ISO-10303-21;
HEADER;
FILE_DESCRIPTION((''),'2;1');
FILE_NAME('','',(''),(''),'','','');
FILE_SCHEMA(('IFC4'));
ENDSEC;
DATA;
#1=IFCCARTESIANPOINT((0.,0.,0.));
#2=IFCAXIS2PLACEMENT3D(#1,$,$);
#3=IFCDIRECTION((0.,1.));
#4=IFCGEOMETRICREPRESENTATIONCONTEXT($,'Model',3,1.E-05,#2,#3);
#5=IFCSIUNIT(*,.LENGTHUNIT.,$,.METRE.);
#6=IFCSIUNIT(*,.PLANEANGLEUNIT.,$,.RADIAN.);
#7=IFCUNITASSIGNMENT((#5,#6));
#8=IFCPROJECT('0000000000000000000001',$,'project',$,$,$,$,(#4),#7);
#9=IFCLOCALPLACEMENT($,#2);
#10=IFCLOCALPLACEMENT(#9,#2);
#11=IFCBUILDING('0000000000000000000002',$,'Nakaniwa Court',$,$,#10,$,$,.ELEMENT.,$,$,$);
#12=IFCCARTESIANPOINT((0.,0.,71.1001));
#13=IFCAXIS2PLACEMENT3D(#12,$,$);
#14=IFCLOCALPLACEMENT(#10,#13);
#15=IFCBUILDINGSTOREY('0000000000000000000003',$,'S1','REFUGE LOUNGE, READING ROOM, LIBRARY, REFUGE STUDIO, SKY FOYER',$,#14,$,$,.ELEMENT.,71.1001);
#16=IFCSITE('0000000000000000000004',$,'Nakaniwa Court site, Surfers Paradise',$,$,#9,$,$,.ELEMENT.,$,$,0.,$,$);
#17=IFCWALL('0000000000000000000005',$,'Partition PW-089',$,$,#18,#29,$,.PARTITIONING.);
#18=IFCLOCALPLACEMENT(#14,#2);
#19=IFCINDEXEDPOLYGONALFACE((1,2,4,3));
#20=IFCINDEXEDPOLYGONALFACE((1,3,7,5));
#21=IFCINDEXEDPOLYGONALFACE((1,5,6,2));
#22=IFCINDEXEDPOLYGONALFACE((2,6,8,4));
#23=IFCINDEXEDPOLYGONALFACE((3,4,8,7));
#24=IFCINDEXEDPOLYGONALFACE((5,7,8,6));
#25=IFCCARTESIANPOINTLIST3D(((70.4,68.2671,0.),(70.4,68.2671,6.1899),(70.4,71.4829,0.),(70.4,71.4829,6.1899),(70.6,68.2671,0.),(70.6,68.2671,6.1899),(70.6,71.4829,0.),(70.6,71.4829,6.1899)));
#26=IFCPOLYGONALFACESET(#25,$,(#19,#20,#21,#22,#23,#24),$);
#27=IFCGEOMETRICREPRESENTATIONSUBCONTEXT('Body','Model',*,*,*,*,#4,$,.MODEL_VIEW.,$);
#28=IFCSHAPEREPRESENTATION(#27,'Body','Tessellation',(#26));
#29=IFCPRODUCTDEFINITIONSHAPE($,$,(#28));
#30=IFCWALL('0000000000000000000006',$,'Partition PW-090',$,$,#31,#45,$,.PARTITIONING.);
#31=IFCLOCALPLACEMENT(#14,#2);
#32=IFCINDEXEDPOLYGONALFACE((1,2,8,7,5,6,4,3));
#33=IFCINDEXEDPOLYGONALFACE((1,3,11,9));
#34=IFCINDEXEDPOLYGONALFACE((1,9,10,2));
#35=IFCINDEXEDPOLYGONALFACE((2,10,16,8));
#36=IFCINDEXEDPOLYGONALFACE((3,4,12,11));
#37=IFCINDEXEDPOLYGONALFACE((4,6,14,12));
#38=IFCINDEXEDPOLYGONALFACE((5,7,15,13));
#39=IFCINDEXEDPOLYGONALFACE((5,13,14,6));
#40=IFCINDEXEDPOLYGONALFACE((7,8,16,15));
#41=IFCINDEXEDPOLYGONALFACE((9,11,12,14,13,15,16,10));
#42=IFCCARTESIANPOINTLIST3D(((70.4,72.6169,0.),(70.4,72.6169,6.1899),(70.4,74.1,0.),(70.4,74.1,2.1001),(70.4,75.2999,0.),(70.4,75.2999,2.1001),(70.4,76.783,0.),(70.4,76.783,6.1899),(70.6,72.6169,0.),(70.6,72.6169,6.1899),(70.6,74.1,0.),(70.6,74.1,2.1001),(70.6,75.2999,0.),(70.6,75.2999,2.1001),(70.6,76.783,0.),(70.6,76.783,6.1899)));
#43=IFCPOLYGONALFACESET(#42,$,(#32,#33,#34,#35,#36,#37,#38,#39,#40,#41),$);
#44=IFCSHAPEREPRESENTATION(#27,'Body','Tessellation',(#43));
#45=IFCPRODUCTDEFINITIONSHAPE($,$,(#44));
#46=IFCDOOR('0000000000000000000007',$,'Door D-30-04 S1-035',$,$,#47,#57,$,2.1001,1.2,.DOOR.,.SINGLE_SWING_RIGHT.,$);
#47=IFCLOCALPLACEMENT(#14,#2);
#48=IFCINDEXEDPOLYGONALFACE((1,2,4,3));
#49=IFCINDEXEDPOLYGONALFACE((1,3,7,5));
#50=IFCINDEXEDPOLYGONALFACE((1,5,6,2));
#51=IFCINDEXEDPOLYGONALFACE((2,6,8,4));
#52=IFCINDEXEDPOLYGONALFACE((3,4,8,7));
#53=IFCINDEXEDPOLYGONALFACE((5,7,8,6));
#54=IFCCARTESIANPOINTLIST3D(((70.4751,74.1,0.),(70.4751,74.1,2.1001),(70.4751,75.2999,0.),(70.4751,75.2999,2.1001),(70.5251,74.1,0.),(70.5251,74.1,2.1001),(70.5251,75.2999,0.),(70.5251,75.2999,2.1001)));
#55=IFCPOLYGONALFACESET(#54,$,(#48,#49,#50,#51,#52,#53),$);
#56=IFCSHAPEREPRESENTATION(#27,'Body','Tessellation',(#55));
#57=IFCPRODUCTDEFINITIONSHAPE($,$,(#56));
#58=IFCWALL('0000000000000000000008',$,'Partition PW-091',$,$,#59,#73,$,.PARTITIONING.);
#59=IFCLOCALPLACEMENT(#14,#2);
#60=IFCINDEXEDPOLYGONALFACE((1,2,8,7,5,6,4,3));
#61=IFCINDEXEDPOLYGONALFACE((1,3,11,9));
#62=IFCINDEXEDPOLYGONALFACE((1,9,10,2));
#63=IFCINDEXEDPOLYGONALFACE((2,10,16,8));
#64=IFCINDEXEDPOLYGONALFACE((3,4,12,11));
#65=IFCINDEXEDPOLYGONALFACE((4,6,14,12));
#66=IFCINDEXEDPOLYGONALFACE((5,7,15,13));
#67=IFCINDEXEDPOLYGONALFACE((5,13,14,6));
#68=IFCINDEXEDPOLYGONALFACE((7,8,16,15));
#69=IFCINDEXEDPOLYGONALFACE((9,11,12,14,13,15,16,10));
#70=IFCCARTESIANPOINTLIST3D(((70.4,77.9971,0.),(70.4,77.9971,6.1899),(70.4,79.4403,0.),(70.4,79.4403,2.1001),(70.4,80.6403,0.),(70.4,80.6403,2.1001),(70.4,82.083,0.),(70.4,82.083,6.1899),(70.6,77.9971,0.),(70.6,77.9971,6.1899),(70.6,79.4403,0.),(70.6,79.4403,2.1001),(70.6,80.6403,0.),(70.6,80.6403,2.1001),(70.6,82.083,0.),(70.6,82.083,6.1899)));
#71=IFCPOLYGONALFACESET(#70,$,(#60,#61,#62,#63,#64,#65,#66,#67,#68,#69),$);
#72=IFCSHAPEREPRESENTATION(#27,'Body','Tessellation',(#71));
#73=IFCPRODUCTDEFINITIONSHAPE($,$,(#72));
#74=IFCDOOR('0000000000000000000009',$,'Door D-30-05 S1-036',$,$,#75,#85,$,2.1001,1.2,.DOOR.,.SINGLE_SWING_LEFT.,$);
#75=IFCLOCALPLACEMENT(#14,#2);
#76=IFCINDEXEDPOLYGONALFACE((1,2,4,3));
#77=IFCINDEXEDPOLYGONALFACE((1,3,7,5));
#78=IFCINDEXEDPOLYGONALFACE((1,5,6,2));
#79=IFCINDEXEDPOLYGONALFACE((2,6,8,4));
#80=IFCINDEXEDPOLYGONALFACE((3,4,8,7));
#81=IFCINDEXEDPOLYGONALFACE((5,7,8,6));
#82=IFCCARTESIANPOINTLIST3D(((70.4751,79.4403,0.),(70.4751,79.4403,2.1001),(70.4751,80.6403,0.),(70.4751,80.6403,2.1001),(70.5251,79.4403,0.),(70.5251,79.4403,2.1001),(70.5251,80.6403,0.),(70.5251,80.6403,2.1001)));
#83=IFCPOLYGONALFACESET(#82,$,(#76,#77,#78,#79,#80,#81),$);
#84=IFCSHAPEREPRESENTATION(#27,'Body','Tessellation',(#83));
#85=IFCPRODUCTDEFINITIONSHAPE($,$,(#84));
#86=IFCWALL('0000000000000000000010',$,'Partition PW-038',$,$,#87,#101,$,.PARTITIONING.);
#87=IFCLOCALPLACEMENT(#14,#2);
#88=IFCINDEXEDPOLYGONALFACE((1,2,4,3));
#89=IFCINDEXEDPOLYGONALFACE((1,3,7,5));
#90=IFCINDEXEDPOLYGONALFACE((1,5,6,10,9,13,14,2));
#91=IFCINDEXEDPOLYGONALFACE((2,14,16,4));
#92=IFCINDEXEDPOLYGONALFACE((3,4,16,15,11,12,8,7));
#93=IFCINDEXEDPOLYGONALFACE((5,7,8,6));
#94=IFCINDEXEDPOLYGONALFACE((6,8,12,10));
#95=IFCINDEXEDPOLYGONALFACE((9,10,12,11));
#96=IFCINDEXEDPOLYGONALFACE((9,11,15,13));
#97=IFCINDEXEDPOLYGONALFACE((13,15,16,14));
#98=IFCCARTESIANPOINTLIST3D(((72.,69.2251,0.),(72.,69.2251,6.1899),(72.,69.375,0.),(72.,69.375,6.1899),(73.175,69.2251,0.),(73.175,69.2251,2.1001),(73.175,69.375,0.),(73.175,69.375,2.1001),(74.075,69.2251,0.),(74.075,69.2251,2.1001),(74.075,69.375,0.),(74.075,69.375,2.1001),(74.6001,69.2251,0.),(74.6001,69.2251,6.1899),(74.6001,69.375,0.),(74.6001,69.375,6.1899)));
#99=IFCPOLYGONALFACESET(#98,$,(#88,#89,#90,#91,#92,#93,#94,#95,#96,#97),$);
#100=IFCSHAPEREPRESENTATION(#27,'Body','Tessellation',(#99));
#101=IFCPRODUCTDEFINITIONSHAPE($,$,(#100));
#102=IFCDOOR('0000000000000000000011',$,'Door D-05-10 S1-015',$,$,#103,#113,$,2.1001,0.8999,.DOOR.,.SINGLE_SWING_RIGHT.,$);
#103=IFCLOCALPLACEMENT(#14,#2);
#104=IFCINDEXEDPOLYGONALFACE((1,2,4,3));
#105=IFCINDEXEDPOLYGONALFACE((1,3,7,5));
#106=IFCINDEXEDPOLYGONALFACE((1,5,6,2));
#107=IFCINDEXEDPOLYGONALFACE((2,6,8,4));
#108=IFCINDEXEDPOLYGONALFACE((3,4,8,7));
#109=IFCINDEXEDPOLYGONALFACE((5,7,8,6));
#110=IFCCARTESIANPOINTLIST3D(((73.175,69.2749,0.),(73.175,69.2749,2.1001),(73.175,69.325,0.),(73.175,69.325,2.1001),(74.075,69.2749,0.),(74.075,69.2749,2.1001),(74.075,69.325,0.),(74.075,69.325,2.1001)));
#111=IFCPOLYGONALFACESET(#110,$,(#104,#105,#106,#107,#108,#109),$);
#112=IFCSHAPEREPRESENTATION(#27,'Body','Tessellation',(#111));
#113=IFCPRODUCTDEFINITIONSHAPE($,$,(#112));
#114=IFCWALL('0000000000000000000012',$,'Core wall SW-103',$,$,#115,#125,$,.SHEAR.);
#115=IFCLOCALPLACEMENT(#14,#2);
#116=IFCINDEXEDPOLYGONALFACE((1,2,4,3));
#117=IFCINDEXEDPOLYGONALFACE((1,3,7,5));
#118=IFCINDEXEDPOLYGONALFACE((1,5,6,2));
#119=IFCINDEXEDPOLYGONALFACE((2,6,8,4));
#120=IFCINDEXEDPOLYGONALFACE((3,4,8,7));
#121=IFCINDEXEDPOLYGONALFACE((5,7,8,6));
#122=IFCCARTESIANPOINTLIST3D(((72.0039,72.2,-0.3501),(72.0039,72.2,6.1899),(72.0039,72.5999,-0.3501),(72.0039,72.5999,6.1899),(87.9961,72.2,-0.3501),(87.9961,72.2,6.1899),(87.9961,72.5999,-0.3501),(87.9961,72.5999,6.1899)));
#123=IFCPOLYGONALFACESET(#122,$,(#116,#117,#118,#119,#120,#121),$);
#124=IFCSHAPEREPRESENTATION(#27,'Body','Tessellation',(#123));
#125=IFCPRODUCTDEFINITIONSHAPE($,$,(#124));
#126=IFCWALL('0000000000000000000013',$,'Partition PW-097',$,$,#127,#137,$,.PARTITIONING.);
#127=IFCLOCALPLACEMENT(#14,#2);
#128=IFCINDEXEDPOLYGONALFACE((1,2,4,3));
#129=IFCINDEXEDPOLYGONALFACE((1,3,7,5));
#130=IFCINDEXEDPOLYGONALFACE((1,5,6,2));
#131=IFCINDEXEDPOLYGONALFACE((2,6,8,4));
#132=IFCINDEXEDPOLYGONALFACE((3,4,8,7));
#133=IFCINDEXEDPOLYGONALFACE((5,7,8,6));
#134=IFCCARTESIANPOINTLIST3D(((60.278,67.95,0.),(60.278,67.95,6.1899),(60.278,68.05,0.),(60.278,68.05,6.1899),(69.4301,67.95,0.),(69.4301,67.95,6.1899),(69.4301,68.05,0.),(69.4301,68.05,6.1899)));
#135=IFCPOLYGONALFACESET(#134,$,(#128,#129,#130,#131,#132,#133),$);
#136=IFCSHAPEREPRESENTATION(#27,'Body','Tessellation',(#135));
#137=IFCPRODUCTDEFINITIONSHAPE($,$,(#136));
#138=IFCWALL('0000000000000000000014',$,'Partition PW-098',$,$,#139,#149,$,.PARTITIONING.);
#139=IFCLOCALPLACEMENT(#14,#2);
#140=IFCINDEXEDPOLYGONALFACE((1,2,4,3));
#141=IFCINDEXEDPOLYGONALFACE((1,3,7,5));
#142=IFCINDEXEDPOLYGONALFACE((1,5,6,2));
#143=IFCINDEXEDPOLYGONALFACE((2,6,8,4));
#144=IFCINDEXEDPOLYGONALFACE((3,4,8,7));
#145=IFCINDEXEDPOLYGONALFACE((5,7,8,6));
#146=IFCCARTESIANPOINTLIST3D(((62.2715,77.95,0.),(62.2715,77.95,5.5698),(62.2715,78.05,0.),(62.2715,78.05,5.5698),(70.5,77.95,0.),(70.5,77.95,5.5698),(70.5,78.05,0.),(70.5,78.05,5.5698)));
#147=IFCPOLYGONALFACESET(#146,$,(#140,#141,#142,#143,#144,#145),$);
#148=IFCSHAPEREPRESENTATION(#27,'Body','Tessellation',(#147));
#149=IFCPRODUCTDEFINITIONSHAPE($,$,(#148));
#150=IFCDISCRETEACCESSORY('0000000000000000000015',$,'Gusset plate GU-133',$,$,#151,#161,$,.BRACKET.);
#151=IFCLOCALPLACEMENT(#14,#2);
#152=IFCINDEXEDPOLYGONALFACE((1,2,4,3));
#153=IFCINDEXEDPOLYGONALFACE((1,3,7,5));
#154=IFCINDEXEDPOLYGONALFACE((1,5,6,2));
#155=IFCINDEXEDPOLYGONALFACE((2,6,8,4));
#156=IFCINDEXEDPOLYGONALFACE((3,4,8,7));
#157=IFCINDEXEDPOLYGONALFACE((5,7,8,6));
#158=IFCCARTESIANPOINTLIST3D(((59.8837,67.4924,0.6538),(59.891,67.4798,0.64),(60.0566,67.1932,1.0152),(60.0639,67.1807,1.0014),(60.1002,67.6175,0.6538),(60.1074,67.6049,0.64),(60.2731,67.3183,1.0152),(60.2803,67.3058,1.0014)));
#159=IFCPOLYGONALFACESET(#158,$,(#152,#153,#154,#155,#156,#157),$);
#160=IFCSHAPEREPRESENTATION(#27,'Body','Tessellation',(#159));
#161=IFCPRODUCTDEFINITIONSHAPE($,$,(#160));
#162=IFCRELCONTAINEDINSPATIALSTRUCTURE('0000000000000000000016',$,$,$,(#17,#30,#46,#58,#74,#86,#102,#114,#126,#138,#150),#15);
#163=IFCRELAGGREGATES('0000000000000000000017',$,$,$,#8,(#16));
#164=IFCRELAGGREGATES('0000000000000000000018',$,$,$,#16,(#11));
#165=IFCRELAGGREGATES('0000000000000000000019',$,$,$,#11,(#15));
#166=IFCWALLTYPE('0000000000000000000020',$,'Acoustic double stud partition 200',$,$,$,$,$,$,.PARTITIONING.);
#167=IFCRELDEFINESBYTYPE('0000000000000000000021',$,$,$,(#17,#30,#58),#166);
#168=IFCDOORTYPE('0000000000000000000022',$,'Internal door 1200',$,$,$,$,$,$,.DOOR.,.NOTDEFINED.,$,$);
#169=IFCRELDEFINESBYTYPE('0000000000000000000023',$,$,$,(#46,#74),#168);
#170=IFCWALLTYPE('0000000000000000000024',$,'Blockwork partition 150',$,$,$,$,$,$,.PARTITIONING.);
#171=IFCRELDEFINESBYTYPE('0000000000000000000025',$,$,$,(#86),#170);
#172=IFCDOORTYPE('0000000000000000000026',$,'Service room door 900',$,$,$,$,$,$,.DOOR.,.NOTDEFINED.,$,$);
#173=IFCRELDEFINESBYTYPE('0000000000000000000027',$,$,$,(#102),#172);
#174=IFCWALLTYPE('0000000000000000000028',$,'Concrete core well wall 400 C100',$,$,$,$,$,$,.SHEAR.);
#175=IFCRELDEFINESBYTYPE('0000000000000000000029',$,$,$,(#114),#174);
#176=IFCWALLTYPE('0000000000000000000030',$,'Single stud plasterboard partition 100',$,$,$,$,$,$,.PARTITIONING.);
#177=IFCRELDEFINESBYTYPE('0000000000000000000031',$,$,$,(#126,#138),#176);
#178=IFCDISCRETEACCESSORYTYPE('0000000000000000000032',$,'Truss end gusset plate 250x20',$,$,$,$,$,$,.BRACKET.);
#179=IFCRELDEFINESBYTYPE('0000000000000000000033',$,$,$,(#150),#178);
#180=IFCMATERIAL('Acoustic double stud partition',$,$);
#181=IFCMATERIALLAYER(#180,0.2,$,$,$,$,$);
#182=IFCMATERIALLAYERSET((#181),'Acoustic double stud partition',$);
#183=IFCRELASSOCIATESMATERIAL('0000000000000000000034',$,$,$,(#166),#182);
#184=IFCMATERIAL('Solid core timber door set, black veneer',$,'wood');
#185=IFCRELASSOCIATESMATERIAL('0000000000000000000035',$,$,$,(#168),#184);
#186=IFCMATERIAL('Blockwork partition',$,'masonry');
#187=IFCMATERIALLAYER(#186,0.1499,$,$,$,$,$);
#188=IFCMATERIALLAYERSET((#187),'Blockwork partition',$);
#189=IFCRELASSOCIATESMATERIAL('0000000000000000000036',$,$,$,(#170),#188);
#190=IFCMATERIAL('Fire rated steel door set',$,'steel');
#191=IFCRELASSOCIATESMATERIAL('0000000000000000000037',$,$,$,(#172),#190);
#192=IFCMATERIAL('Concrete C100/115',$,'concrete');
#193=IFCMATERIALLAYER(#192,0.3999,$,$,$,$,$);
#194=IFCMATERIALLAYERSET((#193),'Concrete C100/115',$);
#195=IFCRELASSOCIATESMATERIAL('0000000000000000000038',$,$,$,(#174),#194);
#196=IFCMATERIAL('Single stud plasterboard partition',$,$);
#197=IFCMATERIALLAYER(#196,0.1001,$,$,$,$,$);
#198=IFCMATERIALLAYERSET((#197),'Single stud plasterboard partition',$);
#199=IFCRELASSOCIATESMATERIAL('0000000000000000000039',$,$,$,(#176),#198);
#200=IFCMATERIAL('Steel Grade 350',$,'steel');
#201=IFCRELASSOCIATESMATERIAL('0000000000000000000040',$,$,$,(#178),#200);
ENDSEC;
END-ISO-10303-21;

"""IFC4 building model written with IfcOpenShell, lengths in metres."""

from ifc_helpers import new_model, si_unit, direction, frame, frame_2d, origin, origin_2d, place, context, subcontext, project, spatial, rectangle, extrude, material, layer, layer_set, material_profile, profile_set, type_object, element, fill, save


model = new_model("IFC4")

# Units and contexts
model_context = context("Model", 3, precision=1e-05, world=origin(), true_north=direction((0.0, 1.0)))
body_context = subcontext(model_context, "Body", "Model", "MODEL_VIEW")
ifc_project = project(units=[si_unit("LENGTHUNIT", "METRE"), si_unit("PLANEANGLEUNIT", "RADIAN")], contexts=[model_context])

# Site, building, storey
site_placement = place(None, origin())
site = spatial("IfcSite", under=ifc_project, at=site_placement, Name="Nakaniwa Court site, Surfers Paradise", CompositionType="ELEMENT", RefElevation=0.0)
building_placement = place(site_placement, origin())
building = spatial("IfcBuilding", under=site, at=building_placement, Name="Nakaniwa Court", CompositionType="ELEMENT")
storey_placement = place(building_placement, frame((0.0, 0.0, 71.1001)))
storey = spatial("IfcBuildingStorey", under=building, at=storey_placement, Name="S1", Description="REFUGE LOUNGE, READING ROOM, LIBRARY, REFUGE STUDIO, SKY FOYER", CompositionType="ELEMENT", Elevation=71.1001)

# Wall
ifc_material_1 = material(Name="Acoustic double stud partition")
ifc_layer_1 = layer(ifc_material_1, 0.2)
ifc_layer_set_1 = layer_set([ifc_layer_1], Name="Acoustic double stud partition")
wall_type_1 = type_object("IfcWallType", Name="Acoustic double stud partition 200", PredefinedType="PARTITIONING", material=ifc_layer_set_1)
wall_1_placement = place(storey_placement, frame((70.5, 68.2671, 0.0), z_axis=(0.0, 0.0, 1.0), x_axis=(0.0, 1.0, 0.0)))
element("IfcWall", 1, at=wall_1_placement, inside=storey, type_object=wall_type_1, Name="Partition PW-089", PredefinedType="PARTITIONING", context=body_context, shape_type="SweptSolid", body=[
    extrude(rectangle(XDim=3.2158, YDim=0.2, at=frame_2d((1.6079, 0.0))), origin(), (0.0, 0.0, 1.0), 6.1899),
])

# Walls, openings, doors
wall_2_placement = place(storey_placement, frame((70.5, 72.6169, 0.0), z_axis=(0.0, 0.0, 1.0), x_axis=(0.0, 1.0, 0.0)))
wall_2 = element("IfcWall", 2, at=wall_2_placement, inside=storey, type_object=wall_type_1, Name="Partition PW-090", PredefinedType="PARTITIONING", context=body_context, shape_type="SweptSolid", body=[
    extrude(rectangle(XDim=4.166, YDim=0.2, at=frame_2d((2.083, 0.0))), origin(), (0.0, 0.0, 1.0), 6.1899),
])
opening_1_placement = place(wall_2_placement, frame((1.4829, 0.0, 0.0)))
opening_1 = element("IfcOpeningElement", 3, at=opening_1_placement, cuts=wall_2, PredefinedType="OPENING", context=body_context, shape_type="SweptSolid", body=[
    extrude(rectangle(XDim=1.2, YDim=2.1001, at=frame_2d((0.6001, 1.05))), frame((0.0, 0.1099, 0.0), z_axis=(0.0, -1.0, 0.0), x_axis=(1.0, 0.0, 0.0)), (0.0, 0.0, 1.0), 0.22),
])
ifc_material_2 = material(Name="Solid core timber door set, black veneer", Category="wood")
door_type_1 = type_object("IfcDoorType", Name="Internal door 1200", OperationType="NOTDEFINED", PredefinedType="DOOR", material=ifc_material_2)
door_1_placement = place(opening_1_placement, origin())
door_1 = element("IfcDoor", 4, at=door_1_placement, inside=storey, type_object=door_type_1, Name="Door D-30-04 S1-035", OperationType="SINGLE_SWING_RIGHT", OverallHeight=2.1001, OverallWidth=1.2, PredefinedType="DOOR", context=body_context, shape_type="SweptSolid", body=[
    extrude(rectangle(XDim=1.2, YDim=2.1001, at=frame_2d((0.6001, 1.05))), frame((0.0, 0.0249, 0.0), z_axis=(0.0, -1.0, 0.0), x_axis=(1.0, 0.0, 0.0)), (0.0, 0.0, 1.0), 0.05),
])
fill(opening_1, door_1)
wall_3_placement = place(storey_placement, frame((70.5, 77.9971, 0.0), z_axis=(0.0, 0.0, 1.0), x_axis=(0.0, 1.0, 0.0)))
wall_3 = element("IfcWall", 5, at=wall_3_placement, inside=storey, type_object=wall_type_1, Name="Partition PW-091", PredefinedType="PARTITIONING", context=body_context, shape_type="SweptSolid", body=[
    extrude(rectangle(XDim=4.0859, YDim=0.2, at=frame_2d((2.043, 0.0))), origin(), (0.0, 0.0, 1.0), 6.1899),
])
opening_2_placement = place(wall_3_placement, frame((1.4431, 0.0, 0.0)))
opening_2 = element("IfcOpeningElement", 6, at=opening_2_placement, cuts=wall_3, PredefinedType="OPENING", context=body_context, shape_type="SweptSolid", body=[
    extrude(rectangle(XDim=1.2, YDim=2.1001, at=frame_2d((0.6001, 1.05))), frame((0.0, 0.1099, 0.0), z_axis=(0.0, -1.0, 0.0), x_axis=(1.0, 0.0, 0.0)), (0.0, 0.0, 1.0), 0.22),
])
door_2_placement = place(opening_2_placement, origin())
door_2 = element("IfcDoor", 7, at=door_2_placement, inside=storey, type_object=door_type_1, Name="Door D-30-05 S1-036", OperationType="SINGLE_SWING_LEFT", OverallHeight=2.1001, OverallWidth=1.2, PredefinedType="DOOR", context=body_context, shape_type="SweptSolid", body=[
    extrude(rectangle(XDim=1.2, YDim=2.1001, at=frame_2d((0.6001, 1.05))), frame((0.0, 0.0249, 0.0), z_axis=(0.0, -1.0, 0.0), x_axis=(1.0, 0.0, 0.0)), (0.0, 0.0, 1.0), 0.05),
])
fill(opening_2, door_2)
ifc_material_3 = material(Name="Blockwork partition", Category="masonry")
ifc_layer_2 = layer(ifc_material_3, 0.1499)
ifc_layer_set_2 = layer_set([ifc_layer_2], Name="Blockwork partition")
wall_type_2 = type_object("IfcWallType", Name="Blockwork partition 150", PredefinedType="PARTITIONING", material=ifc_layer_set_2)
wall_4_placement = place(storey_placement, frame((72.0, 69.3, 0.0), z_axis=(0.0, 0.0, 1.0), x_axis=(1.0, 0.0, 0.0)))
wall_4 = element("IfcWall", 8, at=wall_4_placement, inside=storey, type_object=wall_type_2, Name="Partition PW-038", PredefinedType="PARTITIONING", context=body_context, shape_type="SweptSolid", body=[
    extrude(rectangle(XDim=2.6001, YDim=0.1499, at=frame_2d((1.3, 0.0))), origin(), (0.0, 0.0, 1.0), 6.1899),
])
opening_3_placement = place(wall_4_placement, frame((1.175, 0.0, 0.0)))
opening_3 = element("IfcOpeningElement", 9, at=opening_3_placement, cuts=wall_4, PredefinedType="OPENING", context=body_context, shape_type="SweptSolid", body=[
    extrude(rectangle(XDim=0.8999, YDim=2.1001, at=frame_2d((0.45, 1.05))), frame((0.0, 0.085, 0.0), z_axis=(0.0, -1.0, 0.0), x_axis=(1.0, 0.0, 0.0)), (0.0, 0.0, 1.0), 0.1699),
])
ifc_material_4 = material(Name="Fire rated steel door set", Category="steel")
door_type_2 = type_object("IfcDoorType", Name="Service room door 900", OperationType="NOTDEFINED", PredefinedType="DOOR", material=ifc_material_4)
door_3_placement = place(opening_3_placement, origin())
door_3 = element("IfcDoor", 10, at=door_3_placement, inside=storey, type_object=door_type_2, Name="Door D-05-10 S1-015", OperationType="SINGLE_SWING_RIGHT", OverallHeight=2.1001, OverallWidth=0.8999, PredefinedType="DOOR", context=body_context, shape_type="SweptSolid", body=[
    extrude(rectangle(XDim=0.8999, YDim=2.1001, at=frame_2d((0.45, 1.05))), frame((0.0, 0.0249, 0.0), z_axis=(0.0, -1.0, 0.0), x_axis=(1.0, 0.0, 0.0)), (0.0, 0.0, 1.0), 0.05),
])
fill(opening_3, door_3)

# Walls
ifc_material_5 = material(Name="Concrete C100/115", Category="concrete")
ifc_layer_3 = layer(ifc_material_5, 0.3999)
ifc_layer_set_3 = layer_set([ifc_layer_3], Name="Concrete C100/115")
wall_type_3 = type_object("IfcWallType", Name="Concrete core well wall 400 C100", PredefinedType="SHEAR", material=ifc_layer_set_3)
wall_5_placement = place(storey_placement, frame((72.0039, 72.3999, -0.3501), z_axis=(0.0, 0.0, 1.0), x_axis=(1.0, 0.0, 0.0)))
element("IfcWall", 11, at=wall_5_placement, inside=storey, type_object=wall_type_3, Name="Core wall SW-103", PredefinedType="SHEAR", context=body_context, shape_type="SweptSolid", body=[
    extrude(rectangle(XDim=15.9922, YDim=0.3999, at=frame_2d((7.9961, 0.0))), origin(), (0.0, 0.0, 1.0), 6.54),
])
ifc_material_6 = material(Name="Single stud plasterboard partition")
ifc_layer_4 = layer(ifc_material_6, 0.1001)
ifc_layer_set_4 = layer_set([ifc_layer_4], Name="Single stud plasterboard partition")
wall_type_4 = type_object("IfcWallType", Name="Single stud plasterboard partition 100", PredefinedType="PARTITIONING", material=ifc_layer_set_4)
wall_6_placement = place(storey_placement, frame((60.2778, 68.0, 0.0), z_axis=(0.0, 0.0, 1.0), x_axis=(1.0, 0.0, 0.0)))
element("IfcWall", 12, at=wall_6_placement, inside=storey, type_object=wall_type_4, Name="Partition PW-097", PredefinedType="PARTITIONING", context=body_context, shape_type="SweptSolid", body=[
    extrude(rectangle(XDim=9.1521, YDim=0.1001, at=frame_2d((4.5762, 0.0))), origin(), (0.0, 0.0, 1.0), 6.1899),
])
wall_7_placement = place(storey_placement, frame((62.2715, 78.0, 0.0), z_axis=(0.0, 0.0, 1.0), x_axis=(1.0, 0.0, 0.0)))
element("IfcWall", 13, at=wall_7_placement, inside=storey, type_object=wall_type_4, Name="Partition PW-098", PredefinedType="PARTITIONING", context=body_context, shape_type="SweptSolid", body=[
    extrude(rectangle(XDim=8.2285, YDim=0.1001, at=frame_2d((4.1143, 0.0))), origin(), (0.0, 0.0, 1.0), 5.5698),
])

# Discrete accessory
ifc_material_7 = material(Name="Steel Grade 350", Category="steel")
ifc_material_profile_1 = material_profile(ifc_material_7, rectangle(XDim=0.25, YDim=0.02, at=origin_2d()), Name="Truss end gusset plate 250x20")
ifc_profile_set_1 = profile_set([ifc_material_profile_1], Name="Steel Grade 350")
discrete_accessory_type = type_object("IfcDiscreteAccessoryType", Name="Truss end gusset plate 250x20", PredefinedType="BRACKET", material=ifc_profile_set_1)
discrete_accessory_placement = place(storey_placement, frame((60.1685, 67.2495, 1.0083), z_axis=(-0.345786, 0.598288, -0.72283), x_axis=(-0.865797, -0.500395, 0.0)))
element("IfcDiscreteAccessory", 14, at=discrete_accessory_placement, inside=storey, type_object=discrete_accessory_type, Name="Gusset plate GU-133", PredefinedType="BRACKET", context=body_context, shape_type="SweptSolid", body=[
    extrude(rectangle(XDim=0.25, YDim=0.02, at=origin_2d()), origin(), (0.0, 0.0, 1.0), 0.5),
])

save(model, "model.ifc")
